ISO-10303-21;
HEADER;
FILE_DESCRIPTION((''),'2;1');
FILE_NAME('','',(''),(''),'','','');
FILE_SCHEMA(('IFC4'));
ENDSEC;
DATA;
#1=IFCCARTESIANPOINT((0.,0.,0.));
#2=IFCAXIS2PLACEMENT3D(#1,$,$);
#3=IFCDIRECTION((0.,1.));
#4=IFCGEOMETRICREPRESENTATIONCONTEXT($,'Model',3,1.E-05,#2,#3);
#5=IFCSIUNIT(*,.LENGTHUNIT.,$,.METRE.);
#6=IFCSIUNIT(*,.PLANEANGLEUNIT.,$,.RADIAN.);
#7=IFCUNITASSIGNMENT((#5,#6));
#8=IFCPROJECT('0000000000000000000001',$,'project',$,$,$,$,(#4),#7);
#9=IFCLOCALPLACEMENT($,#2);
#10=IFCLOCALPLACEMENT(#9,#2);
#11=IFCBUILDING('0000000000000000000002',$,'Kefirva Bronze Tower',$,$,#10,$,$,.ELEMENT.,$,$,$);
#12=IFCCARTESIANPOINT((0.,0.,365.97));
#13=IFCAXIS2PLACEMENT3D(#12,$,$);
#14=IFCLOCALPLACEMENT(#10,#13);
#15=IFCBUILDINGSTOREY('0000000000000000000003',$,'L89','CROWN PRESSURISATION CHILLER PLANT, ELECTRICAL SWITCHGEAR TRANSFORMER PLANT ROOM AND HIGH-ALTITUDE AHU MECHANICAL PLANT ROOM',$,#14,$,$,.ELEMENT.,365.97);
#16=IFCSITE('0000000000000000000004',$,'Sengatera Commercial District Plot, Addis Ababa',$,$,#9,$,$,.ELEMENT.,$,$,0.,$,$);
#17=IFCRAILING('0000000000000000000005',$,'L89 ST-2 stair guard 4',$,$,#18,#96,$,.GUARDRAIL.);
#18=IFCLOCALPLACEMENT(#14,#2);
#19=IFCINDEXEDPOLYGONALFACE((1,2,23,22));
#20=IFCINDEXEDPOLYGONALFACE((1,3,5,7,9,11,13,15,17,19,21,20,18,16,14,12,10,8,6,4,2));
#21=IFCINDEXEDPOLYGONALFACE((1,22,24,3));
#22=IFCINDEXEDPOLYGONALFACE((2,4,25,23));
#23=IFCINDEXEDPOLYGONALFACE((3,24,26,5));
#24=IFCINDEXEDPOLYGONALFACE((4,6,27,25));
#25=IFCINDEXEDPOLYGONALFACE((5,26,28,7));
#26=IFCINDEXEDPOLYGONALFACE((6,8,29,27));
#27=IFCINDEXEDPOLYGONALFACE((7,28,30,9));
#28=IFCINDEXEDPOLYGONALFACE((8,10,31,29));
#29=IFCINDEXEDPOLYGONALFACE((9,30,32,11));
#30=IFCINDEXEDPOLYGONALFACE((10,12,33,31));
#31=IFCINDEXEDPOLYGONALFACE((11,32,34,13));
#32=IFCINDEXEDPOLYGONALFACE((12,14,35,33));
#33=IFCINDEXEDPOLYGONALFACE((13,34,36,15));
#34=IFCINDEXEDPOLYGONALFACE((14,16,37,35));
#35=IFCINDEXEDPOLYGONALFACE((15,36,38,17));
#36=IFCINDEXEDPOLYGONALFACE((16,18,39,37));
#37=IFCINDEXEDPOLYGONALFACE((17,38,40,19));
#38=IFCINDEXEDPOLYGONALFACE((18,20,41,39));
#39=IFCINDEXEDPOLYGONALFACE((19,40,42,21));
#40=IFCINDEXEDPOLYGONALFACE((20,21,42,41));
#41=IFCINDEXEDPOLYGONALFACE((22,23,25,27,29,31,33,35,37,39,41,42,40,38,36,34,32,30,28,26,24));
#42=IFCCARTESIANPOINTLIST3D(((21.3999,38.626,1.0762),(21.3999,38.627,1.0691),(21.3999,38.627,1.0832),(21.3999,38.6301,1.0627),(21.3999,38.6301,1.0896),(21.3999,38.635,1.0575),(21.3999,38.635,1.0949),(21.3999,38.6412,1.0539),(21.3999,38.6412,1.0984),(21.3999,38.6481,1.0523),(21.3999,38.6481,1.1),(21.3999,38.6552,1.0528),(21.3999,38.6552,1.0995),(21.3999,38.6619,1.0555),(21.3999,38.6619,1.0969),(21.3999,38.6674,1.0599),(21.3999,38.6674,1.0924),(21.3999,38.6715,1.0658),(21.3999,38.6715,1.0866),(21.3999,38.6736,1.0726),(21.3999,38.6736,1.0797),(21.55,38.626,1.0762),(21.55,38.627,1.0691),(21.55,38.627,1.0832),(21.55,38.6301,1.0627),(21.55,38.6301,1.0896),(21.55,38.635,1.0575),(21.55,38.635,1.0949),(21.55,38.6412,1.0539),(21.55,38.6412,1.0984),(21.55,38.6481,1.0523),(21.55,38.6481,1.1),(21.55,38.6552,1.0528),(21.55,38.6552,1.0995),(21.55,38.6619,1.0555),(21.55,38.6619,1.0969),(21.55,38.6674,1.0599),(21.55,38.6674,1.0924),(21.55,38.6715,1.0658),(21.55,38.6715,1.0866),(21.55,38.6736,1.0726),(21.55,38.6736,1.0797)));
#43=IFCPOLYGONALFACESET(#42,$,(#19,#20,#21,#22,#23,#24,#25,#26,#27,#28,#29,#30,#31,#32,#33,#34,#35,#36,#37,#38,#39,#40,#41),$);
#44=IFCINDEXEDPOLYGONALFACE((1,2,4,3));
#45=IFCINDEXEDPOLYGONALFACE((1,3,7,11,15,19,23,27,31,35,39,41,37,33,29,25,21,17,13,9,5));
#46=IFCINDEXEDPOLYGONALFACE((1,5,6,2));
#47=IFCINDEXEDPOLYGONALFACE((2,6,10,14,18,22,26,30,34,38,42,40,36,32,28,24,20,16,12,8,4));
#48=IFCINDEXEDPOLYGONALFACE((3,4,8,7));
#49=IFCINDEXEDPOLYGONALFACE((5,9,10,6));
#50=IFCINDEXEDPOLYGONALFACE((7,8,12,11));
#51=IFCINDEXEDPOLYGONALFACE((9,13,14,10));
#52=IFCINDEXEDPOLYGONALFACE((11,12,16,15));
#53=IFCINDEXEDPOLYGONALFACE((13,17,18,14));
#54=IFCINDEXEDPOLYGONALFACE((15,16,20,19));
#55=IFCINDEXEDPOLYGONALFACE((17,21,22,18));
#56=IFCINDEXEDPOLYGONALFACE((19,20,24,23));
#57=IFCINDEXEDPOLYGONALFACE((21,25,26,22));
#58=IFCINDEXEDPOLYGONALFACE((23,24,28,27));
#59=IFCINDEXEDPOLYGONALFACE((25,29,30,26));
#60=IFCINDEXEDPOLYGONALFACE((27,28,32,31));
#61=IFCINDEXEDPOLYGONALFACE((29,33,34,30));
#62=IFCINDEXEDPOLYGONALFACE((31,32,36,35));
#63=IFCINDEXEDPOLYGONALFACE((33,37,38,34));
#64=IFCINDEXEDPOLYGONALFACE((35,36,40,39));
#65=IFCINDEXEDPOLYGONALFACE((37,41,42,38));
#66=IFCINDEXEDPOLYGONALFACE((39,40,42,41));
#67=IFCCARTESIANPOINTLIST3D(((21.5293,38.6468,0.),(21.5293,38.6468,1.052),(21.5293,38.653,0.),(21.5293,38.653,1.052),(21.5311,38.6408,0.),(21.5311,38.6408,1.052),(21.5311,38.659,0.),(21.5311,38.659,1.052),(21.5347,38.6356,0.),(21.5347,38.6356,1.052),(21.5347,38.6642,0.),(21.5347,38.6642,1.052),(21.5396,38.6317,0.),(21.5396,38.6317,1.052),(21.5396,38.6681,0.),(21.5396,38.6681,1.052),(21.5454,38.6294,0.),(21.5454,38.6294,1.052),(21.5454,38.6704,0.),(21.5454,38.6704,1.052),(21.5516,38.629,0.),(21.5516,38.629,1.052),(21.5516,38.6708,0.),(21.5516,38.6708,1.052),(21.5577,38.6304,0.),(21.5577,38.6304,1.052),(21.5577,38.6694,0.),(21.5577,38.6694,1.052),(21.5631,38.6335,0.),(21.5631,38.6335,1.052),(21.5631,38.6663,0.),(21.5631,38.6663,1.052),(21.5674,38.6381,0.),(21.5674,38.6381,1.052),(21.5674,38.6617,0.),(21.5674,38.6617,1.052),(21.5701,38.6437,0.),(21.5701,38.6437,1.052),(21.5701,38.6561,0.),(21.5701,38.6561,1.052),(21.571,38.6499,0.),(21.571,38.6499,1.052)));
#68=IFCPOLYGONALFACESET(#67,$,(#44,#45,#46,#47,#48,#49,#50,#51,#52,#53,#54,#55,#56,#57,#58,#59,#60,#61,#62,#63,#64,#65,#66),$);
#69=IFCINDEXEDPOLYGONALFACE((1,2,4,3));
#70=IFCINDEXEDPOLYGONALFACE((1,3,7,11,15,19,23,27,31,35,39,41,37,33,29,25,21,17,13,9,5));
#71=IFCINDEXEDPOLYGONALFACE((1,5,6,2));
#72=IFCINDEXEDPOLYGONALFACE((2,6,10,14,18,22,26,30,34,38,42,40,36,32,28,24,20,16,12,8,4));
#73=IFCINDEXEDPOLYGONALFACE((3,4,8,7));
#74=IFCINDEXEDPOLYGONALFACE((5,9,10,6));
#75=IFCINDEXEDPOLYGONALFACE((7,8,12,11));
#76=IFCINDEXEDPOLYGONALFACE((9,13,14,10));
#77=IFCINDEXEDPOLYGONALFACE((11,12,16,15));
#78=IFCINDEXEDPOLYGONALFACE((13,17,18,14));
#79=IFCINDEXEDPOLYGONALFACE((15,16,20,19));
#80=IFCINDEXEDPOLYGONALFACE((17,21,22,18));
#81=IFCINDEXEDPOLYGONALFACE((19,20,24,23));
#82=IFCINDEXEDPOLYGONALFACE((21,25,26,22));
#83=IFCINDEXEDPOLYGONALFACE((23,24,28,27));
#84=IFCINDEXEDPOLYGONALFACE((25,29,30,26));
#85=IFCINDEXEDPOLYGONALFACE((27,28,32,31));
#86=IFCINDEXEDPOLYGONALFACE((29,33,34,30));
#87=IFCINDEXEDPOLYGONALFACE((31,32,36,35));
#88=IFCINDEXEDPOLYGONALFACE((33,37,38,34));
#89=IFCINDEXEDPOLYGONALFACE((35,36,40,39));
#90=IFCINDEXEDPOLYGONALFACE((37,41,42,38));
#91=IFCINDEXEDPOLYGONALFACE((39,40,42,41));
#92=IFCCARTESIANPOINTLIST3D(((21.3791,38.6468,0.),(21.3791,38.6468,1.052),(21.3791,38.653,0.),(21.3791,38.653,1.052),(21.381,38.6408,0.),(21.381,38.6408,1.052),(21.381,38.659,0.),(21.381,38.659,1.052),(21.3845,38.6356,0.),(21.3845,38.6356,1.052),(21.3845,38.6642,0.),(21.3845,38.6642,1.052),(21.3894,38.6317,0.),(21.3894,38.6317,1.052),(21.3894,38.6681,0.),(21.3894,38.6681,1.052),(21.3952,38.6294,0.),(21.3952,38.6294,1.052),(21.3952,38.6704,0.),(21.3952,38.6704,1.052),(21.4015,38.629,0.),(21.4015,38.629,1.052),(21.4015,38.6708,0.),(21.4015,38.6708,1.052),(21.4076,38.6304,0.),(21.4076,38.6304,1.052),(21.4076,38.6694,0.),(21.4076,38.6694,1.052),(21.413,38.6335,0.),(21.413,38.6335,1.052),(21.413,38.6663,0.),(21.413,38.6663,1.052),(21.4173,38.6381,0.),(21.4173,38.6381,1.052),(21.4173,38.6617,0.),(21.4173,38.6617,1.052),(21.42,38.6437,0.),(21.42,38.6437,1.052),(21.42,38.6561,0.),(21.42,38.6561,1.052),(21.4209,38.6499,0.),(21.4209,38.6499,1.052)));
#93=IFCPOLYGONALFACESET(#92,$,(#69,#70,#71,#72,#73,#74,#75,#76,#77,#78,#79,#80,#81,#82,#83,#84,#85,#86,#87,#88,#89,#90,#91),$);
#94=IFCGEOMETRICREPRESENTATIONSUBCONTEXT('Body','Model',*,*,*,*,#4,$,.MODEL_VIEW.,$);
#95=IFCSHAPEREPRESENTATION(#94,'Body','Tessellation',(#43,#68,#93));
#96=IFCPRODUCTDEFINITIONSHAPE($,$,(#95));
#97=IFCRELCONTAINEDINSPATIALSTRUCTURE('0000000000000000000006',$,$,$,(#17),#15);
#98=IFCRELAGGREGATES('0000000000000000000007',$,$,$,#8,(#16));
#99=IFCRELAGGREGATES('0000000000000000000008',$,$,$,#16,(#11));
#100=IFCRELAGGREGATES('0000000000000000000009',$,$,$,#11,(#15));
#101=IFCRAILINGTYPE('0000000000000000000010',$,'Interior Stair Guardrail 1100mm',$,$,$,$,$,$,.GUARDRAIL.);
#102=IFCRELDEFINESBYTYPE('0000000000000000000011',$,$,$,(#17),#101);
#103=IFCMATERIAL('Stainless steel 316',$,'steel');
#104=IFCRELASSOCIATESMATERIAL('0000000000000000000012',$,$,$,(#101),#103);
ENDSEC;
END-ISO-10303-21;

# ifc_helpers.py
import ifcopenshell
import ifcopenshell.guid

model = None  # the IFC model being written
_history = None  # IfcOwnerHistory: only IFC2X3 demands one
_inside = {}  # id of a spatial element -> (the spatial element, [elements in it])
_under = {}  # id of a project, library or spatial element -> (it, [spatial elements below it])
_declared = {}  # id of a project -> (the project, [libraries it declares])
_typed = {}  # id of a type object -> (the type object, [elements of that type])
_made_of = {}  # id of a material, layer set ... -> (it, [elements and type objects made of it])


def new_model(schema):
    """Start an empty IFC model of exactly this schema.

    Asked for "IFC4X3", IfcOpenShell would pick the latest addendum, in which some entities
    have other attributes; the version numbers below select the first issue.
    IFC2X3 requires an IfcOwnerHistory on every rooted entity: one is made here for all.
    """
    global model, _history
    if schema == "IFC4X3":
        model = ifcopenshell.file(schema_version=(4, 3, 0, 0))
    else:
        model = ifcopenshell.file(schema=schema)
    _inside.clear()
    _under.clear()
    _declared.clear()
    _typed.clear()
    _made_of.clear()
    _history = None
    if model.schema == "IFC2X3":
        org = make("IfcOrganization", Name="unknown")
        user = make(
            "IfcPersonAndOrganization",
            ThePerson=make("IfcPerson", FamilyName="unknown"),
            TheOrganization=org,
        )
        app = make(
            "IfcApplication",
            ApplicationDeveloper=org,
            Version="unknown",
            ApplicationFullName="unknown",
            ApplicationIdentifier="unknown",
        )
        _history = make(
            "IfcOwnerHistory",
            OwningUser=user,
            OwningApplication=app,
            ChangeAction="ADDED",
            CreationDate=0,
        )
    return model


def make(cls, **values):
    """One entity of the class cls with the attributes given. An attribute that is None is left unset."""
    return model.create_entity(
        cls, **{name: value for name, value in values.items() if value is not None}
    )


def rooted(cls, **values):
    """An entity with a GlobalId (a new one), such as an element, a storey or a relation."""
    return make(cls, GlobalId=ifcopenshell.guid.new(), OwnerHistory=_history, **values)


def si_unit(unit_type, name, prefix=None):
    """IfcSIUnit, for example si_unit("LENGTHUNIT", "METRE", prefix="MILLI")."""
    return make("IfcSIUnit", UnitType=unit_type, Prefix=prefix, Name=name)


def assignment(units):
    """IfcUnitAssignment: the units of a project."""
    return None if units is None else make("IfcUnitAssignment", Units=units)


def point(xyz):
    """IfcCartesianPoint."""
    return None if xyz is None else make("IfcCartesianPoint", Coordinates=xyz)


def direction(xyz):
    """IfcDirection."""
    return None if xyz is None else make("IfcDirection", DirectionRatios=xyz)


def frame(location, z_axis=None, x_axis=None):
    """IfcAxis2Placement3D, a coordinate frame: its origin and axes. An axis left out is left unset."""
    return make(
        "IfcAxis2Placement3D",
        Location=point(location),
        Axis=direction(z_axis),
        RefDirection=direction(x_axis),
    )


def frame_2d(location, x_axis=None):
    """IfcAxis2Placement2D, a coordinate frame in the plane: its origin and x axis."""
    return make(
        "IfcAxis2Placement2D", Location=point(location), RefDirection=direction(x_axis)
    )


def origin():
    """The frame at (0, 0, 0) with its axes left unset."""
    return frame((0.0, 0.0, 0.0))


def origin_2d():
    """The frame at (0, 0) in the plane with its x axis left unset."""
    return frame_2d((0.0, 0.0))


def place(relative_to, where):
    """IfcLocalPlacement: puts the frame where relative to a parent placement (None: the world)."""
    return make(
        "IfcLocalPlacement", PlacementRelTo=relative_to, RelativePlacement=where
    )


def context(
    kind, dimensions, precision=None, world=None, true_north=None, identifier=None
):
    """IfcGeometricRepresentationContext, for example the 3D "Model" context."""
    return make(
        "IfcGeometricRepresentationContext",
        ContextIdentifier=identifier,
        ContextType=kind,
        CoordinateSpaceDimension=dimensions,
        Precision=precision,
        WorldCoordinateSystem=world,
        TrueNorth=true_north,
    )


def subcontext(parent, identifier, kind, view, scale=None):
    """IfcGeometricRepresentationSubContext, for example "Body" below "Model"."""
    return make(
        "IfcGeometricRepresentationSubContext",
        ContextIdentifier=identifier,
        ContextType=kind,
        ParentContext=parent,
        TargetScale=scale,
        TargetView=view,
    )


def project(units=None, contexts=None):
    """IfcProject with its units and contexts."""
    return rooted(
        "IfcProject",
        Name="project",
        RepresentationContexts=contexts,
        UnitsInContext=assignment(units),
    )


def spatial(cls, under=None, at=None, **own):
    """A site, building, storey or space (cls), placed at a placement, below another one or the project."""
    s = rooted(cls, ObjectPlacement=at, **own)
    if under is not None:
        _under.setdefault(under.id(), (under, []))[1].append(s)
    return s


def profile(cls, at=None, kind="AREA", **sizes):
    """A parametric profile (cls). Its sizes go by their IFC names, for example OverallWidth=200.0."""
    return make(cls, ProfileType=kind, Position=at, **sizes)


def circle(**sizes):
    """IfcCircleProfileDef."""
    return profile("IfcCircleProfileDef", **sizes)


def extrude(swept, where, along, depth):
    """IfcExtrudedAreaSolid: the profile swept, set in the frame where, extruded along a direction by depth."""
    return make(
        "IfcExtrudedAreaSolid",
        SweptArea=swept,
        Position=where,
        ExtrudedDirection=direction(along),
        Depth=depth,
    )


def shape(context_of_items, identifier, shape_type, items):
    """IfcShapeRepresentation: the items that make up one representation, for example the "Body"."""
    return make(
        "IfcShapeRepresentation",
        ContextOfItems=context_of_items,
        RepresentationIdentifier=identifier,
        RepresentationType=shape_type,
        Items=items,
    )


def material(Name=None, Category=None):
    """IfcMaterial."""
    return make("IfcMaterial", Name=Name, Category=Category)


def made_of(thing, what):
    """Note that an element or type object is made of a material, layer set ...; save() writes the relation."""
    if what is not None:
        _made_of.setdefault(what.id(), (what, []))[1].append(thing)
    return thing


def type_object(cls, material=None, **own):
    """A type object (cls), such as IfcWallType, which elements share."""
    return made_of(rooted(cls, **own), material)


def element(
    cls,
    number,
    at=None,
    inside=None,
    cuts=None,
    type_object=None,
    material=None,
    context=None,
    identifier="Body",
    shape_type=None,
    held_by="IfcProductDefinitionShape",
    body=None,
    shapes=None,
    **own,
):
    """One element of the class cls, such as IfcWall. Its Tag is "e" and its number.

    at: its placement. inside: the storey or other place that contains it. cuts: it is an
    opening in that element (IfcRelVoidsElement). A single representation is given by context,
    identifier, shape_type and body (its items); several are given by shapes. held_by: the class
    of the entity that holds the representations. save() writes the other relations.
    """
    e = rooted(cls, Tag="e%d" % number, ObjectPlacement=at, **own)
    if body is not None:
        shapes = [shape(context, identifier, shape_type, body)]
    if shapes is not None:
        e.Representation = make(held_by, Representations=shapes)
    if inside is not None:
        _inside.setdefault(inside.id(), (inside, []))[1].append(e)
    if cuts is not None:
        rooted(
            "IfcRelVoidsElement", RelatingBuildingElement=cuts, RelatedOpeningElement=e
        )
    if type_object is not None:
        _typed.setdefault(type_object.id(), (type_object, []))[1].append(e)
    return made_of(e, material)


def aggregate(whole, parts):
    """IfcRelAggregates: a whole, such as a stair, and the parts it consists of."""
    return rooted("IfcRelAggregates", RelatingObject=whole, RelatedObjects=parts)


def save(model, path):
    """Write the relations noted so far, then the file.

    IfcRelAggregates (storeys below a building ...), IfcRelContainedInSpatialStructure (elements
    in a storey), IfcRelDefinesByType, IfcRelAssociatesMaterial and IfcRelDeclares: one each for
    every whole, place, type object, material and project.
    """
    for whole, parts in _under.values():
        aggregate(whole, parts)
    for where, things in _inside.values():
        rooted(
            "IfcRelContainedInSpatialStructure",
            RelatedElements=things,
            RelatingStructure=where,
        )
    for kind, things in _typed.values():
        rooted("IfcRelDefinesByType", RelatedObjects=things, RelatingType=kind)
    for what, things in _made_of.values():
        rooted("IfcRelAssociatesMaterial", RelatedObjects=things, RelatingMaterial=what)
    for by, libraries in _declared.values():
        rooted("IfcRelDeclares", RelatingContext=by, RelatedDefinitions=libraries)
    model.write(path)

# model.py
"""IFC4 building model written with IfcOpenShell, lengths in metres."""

from ifc_helpers import new_model, si_unit, direction, frame, origin, origin_2d, place, context, subcontext, project, spatial, circle, extrude, material, type_object, element, save


model = new_model("IFC4")

# Units and contexts
model_context = context("Model", 3, precision=1e-05, world=origin(), true_north=direction((0.0, 1.0)))
body_context = subcontext(model_context, "Body", "Model", "MODEL_VIEW")
ifc_project = project(units=[si_unit("LENGTHUNIT", "METRE"), si_unit("PLANEANGLEUNIT", "RADIAN")], contexts=[model_context])

# Site, building, storey
site_placement = place(None, origin())
site = spatial("IfcSite", under=ifc_project, at=site_placement, Name="Sengatera Commercial District Plot, Addis Ababa", CompositionType="ELEMENT", RefElevation=0.0)
building_placement = place(site_placement, origin())
building = spatial("IfcBuilding", under=site, at=building_placement, Name="Kefirva Bronze Tower", CompositionType="ELEMENT")
storey_placement = place(building_placement, frame((0.0, 0.0, 365.97)))
storey = spatial("IfcBuildingStorey", under=building, at=storey_placement, Name="L89", Description="CROWN PRESSURISATION CHILLER PLANT, ELECTRICAL SWITCHGEAR TRANSFORMER PLANT ROOM AND HIGH-ALTITUDE AHU MECHANICAL PLANT ROOM", CompositionType="ELEMENT", Elevation=365.97)

# Railing
ifc_material_1 = material(Name="Stainless steel 316", Category="steel")
railing_type_1 = type_object("IfcRailingType", Name="Interior Stair Guardrail 1100mm", PredefinedType="GUARDRAIL", material=ifc_material_1)
railing_1_placement = place(storey_placement, frame((21.55, 38.6499, 0.0)))
element("IfcRailing", 1, at=railing_1_placement, inside=storey, type_object=railing_type_1, Name="L89 ST-2 stair guard 4", PredefinedType="GUARDRAIL", context=body_context, shape_type="SweptSolid", body=[
    extrude(circle(Radius=0.0239, at=origin_2d()), frame((0.0, 0.0, 1.0762), z_axis=(-1.0, 0.0, 0.0), x_axis=(0.0, -1.0, 0.0)), (0.0, 0.0, 1.0), 0.1501),
    extrude(circle(Radius=0.021, at=origin_2d()), origin(), (0.0, 0.0, 1.0), 1.052),
    extrude(circle(Radius=0.021, at=origin_2d()), frame((-0.1501, 0.0, 0.0)), (0.0, 0.0, 1.0), 1.052),
])

save(model, "model.ifc")
